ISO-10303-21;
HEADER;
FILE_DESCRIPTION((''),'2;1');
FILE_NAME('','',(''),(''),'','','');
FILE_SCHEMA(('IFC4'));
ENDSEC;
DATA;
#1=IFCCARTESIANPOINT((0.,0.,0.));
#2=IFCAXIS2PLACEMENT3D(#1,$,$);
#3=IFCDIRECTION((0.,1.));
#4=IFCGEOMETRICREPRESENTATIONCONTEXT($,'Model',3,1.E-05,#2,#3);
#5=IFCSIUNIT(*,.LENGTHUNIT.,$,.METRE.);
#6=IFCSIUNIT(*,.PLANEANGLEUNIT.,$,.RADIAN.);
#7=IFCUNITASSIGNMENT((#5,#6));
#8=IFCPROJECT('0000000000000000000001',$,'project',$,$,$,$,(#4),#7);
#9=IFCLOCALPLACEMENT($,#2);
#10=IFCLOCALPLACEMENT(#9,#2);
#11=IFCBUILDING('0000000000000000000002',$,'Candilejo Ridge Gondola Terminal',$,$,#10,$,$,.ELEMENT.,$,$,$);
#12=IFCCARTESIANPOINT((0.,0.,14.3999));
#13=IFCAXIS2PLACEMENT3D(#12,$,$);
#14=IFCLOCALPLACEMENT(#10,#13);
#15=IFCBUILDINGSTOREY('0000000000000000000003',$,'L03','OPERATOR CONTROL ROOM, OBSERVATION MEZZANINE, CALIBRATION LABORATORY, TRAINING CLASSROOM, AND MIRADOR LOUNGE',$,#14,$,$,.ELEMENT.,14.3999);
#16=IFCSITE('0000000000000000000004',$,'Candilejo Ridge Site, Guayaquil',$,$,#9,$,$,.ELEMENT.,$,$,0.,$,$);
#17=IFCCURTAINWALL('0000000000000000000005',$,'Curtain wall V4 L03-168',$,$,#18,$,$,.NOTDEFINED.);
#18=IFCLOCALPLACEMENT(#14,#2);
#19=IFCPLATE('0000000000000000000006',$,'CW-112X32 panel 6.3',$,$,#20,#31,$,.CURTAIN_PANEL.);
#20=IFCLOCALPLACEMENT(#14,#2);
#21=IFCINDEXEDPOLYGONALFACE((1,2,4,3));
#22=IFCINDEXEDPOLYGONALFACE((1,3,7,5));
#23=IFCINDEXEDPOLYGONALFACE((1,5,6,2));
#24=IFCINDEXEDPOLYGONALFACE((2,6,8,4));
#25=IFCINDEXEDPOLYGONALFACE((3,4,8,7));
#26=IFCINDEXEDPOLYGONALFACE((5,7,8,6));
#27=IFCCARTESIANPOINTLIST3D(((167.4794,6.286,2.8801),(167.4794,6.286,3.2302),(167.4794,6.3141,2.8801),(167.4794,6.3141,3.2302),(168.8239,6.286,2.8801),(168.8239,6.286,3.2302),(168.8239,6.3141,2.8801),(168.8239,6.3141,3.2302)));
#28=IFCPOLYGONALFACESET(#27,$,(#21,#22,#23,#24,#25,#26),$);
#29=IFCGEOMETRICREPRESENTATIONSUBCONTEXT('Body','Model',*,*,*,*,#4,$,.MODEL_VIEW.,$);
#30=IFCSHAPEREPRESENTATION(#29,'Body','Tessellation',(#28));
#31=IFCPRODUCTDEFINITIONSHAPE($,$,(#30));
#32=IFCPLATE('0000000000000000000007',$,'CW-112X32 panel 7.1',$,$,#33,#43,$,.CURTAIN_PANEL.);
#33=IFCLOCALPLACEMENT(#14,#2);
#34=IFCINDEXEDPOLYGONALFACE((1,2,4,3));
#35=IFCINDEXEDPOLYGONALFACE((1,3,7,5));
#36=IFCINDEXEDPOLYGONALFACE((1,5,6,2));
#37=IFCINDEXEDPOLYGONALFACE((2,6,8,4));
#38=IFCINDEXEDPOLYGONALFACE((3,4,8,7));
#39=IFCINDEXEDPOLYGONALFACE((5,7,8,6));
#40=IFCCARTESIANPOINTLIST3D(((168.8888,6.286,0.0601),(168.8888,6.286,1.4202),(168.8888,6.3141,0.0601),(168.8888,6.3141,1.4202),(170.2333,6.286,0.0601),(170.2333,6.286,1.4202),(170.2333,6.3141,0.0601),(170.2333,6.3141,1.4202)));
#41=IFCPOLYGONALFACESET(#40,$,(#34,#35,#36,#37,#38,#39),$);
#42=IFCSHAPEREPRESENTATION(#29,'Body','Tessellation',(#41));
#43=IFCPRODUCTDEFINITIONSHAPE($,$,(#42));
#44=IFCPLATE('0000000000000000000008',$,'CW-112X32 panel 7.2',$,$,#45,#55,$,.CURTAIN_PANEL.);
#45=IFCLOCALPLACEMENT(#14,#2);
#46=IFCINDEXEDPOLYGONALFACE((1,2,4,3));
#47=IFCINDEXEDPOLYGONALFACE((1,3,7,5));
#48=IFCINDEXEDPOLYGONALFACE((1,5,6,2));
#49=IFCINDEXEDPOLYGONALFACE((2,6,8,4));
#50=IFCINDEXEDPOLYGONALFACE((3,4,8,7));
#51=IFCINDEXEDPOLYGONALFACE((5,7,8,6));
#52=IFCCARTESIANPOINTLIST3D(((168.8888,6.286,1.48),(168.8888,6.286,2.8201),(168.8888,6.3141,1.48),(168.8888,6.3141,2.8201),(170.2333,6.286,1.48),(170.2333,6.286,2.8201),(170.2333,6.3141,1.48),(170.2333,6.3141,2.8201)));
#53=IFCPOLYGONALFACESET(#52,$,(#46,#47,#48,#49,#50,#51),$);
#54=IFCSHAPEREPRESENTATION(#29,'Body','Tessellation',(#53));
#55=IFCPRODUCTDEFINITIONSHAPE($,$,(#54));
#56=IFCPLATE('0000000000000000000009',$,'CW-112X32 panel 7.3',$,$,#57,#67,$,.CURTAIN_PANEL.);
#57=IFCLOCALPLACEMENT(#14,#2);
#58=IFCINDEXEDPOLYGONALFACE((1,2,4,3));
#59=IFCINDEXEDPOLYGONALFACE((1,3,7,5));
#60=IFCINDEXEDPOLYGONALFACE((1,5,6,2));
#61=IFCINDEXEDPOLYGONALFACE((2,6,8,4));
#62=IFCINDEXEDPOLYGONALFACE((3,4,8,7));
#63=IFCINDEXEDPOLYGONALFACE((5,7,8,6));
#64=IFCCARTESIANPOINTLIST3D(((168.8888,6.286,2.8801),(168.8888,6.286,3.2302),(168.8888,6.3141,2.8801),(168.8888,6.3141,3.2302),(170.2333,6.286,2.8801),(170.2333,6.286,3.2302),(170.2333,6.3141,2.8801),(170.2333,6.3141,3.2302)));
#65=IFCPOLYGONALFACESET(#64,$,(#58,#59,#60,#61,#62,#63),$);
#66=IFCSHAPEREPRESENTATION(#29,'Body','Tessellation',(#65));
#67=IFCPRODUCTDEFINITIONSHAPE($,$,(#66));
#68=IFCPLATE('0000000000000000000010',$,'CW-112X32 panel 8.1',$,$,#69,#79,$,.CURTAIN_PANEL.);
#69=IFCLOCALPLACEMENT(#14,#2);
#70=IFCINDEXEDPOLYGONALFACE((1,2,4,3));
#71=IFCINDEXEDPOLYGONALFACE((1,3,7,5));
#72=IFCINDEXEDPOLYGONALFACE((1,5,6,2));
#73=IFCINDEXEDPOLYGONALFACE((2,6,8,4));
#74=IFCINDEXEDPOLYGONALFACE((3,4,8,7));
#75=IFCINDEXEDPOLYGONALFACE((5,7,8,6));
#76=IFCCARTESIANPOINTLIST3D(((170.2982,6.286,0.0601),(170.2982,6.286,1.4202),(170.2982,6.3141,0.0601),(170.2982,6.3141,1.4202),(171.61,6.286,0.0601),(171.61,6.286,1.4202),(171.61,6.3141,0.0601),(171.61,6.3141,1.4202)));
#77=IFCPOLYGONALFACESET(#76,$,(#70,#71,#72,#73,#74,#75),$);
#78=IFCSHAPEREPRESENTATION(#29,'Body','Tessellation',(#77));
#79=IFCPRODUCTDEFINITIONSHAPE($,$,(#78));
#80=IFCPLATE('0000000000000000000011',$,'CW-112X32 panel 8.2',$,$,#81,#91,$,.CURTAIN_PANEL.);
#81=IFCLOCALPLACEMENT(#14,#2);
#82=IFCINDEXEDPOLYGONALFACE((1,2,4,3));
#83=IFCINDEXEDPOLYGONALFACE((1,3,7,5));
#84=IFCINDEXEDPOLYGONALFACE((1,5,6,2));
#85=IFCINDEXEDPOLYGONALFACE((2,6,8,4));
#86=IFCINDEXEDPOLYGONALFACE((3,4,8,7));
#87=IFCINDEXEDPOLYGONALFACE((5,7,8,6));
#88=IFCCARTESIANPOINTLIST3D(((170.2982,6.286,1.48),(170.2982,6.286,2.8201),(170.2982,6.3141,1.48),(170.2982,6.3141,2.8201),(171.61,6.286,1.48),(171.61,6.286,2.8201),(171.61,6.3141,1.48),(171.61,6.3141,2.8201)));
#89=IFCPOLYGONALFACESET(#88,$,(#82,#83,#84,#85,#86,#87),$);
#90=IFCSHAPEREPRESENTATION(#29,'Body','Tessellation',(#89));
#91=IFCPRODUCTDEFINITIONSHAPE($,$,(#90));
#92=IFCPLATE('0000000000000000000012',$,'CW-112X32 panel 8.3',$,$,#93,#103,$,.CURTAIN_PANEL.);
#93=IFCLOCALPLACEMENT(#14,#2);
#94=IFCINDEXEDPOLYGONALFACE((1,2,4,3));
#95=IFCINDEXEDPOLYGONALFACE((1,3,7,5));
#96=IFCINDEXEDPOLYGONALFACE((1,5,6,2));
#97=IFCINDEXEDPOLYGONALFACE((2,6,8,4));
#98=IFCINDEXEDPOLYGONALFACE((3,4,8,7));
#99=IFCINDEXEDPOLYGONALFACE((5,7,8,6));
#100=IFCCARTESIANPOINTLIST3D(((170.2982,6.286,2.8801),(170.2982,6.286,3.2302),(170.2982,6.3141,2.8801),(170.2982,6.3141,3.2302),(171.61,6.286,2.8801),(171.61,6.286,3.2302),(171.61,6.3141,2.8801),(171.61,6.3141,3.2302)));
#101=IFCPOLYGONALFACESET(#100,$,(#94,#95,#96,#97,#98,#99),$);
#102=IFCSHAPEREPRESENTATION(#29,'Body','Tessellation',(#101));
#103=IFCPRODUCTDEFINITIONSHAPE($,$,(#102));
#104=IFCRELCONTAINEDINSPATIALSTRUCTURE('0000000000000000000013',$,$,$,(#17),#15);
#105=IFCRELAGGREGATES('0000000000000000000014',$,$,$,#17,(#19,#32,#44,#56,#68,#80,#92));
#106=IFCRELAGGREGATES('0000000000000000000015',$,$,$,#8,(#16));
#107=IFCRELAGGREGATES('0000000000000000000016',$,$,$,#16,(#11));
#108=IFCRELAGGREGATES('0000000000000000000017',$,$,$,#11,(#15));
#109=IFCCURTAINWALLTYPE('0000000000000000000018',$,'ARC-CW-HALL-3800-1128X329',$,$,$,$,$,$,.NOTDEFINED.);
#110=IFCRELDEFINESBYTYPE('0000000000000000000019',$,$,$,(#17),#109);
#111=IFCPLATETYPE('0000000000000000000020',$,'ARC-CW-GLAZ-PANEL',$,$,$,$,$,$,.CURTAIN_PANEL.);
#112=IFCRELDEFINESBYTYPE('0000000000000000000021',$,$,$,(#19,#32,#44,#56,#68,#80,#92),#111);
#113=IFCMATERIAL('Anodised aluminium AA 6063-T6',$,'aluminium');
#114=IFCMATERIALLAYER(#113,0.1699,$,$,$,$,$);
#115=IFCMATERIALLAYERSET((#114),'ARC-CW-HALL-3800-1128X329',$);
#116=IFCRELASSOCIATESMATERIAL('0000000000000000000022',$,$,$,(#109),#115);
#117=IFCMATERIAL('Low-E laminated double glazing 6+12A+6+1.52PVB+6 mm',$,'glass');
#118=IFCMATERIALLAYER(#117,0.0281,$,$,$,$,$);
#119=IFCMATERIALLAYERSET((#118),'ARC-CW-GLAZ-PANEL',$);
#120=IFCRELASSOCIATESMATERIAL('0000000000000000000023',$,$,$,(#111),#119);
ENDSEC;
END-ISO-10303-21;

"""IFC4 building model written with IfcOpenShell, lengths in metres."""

from ifc_helpers import new_model, si_unit, direction, frame, origin, origin_2d, place, context, subcontext, project, spatial, rectangle, extrude, material, layer, layer_set, type_object, element, aggregate, save


model = new_model("IFC4")

# Units and contexts
model_context = context("Model", 3, precision=1e-05, world=origin(), true_north=direction((0.0, 1.0)))
body_context = subcontext(model_context, "Body", "Model", "MODEL_VIEW")
ifc_project = project(units=[si_unit("LENGTHUNIT", "METRE"), si_unit("PLANEANGLEUNIT", "RADIAN")], contexts=[model_context])

# Site, building, storey
site_placement = place(None, origin())
site = spatial("IfcSite", under=ifc_project, at=site_placement, Name="Candilejo Ridge Site, Guayaquil", CompositionType="ELEMENT", RefElevation=0.0)
building_placement = place(site_placement, origin())
building = spatial("IfcBuilding", under=site, at=building_placement, Name="Candilejo Ridge Gondola Terminal", CompositionType="ELEMENT")
storey_placement = place(building_placement, frame((0.0, 0.0, 14.3999)))
storey = spatial("IfcBuildingStorey", under=building, at=storey_placement, Name="L03", Description="OPERATOR CONTROL ROOM, OBSERVATION MEZZANINE, CALIBRATION LABORATORY, TRAINING CLASSROOM, AND MIRADOR LOUNGE", CompositionType="ELEMENT", Elevation=14.3999)

# Curtain wall, plates
ifc_material_1 = material(Name="Anodised aluminium AA 6063-T6", Category="aluminium")
ifc_layer_1 = layer(ifc_material_1, 0.1699)
ifc_layer_set_1 = layer_set([ifc_layer_1], Name="ARC-CW-HALL-3800-1128X329")
curtain_wall_type = type_object("IfcCurtainWallType", Name="ARC-CW-HALL-3800-1128X329", PredefinedType="NOTDEFINED", material=ifc_layer_set_1)
curtain_wall_placement = place(storey_placement, origin())
curtain_wall = element("IfcCurtainWall", 1, at=curtain_wall_placement, inside=storey, type_object=curtain_wall_type, Name="Curtain wall V4 L03-168", PredefinedType="NOTDEFINED")
ifc_material_2 = material(Name="Low-E laminated double glazing 6+12A+6+1.52PVB+6 mm", Category="glass")
ifc_layer_2 = layer(ifc_material_2, 0.0281)
ifc_layer_set_2 = layer_set([ifc_layer_2], Name="ARC-CW-GLAZ-PANEL")
plate_type = type_object("IfcPlateType", Name="ARC-CW-GLAZ-PANEL", PredefinedType="CURTAIN_PANEL", material=ifc_layer_set_2)
plate_1_placement = place(storey_placement, frame((168.1516, 6.3, 2.8801), z_axis=(0.0, 0.0, 1.0), x_axis=(1.0, 0.0, 0.0)))
plate_1 = element("IfcPlate", 2, at=plate_1_placement, type_object=plate_type, Name="CW-112X32 panel 6.3", PredefinedType="CURTAIN_PANEL", context=body_context, shape_type="SweptSolid", body=[
    extrude(rectangle(XDim=1.3445, YDim=0.0281, at=origin_2d()), origin(), (0.0, 0.0, 1.0), 0.3501),
])
plate_2_placement = place(storey_placement, frame((169.561, 6.3, 0.0601), z_axis=(0.0, 0.0, 1.0), x_axis=(1.0, 0.0, 0.0)))
plate_2 = element("IfcPlate", 3, at=plate_2_placement, type_object=plate_type, Name="CW-112X32 panel 7.1", PredefinedType="CURTAIN_PANEL", context=body_context, shape_type="SweptSolid", body=[
    extrude(rectangle(XDim=1.3445, YDim=0.0281, at=origin_2d()), origin(), (0.0, 0.0, 1.0), 1.3601),
])
plate_3_placement = place(storey_placement, frame((169.561, 6.3, 1.48), z_axis=(0.0, 0.0, 1.0), x_axis=(1.0, 0.0, 0.0)))
plate_3 = element("IfcPlate", 4, at=plate_3_placement, type_object=plate_type, Name="CW-112X32 panel 7.2", PredefinedType="CURTAIN_PANEL", context=body_context, shape_type="SweptSolid", body=[
    extrude(rectangle(XDim=1.3445, YDim=0.0281, at=origin_2d()), origin(), (0.0, 0.0, 1.0), 1.3401),
])
plate_4_placement = place(storey_placement, frame((169.561, 6.3, 2.8801), z_axis=(0.0, 0.0, 1.0), x_axis=(1.0, 0.0, 0.0)))
plate_4 = element("IfcPlate", 5, at=plate_4_placement, type_object=plate_type, Name="CW-112X32 panel 7.3", PredefinedType="CURTAIN_PANEL", context=body_context, shape_type="SweptSolid", body=[
    extrude(rectangle(XDim=1.3445, YDim=0.0281, at=origin_2d()), origin(), (0.0, 0.0, 1.0), 0.3501),
])
plate_5_placement = place(storey_placement, frame((170.9541, 6.3, 0.0601), z_axis=(0.0, 0.0, 1.0), x_axis=(1.0, 0.0, 0.0)))
plate_5 = element("IfcPlate", 6, at=plate_5_placement, type_object=plate_type, Name="CW-112X32 panel 8.1", PredefinedType="CURTAIN_PANEL", context=body_context, shape_type="SweptSolid", body=[
    extrude(rectangle(XDim=1.3118, YDim=0.0281, at=origin_2d()), origin(), (0.0, 0.0, 1.0), 1.3601),
])
plate_6_placement = place(storey_placement, frame((170.9541, 6.3, 1.48), z_axis=(0.0, 0.0, 1.0), x_axis=(1.0, 0.0, 0.0)))
plate_6 = element("IfcPlate", 7, at=plate_6_placement, type_object=plate_type, Name="CW-112X32 panel 8.2", PredefinedType="CURTAIN_PANEL", context=body_context, shape_type="SweptSolid", body=[
    extrude(rectangle(XDim=1.3118, YDim=0.0281, at=origin_2d()), origin(), (0.0, 0.0, 1.0), 1.3401),
])
plate_7_placement = place(storey_placement, frame((170.9541, 6.3, 2.8801), z_axis=(0.0, 0.0, 1.0), x_axis=(1.0, 0.0, 0.0)))
plate_7 = element("IfcPlate", 8, at=plate_7_placement, type_object=plate_type, Name="CW-112X32 panel 8.3", PredefinedType="CURTAIN_PANEL", context=body_context, shape_type="SweptSolid", body=[
    extrude(rectangle(XDim=1.3118, YDim=0.0281, at=origin_2d()), origin(), (0.0, 0.0, 1.0), 0.3501),
])
aggregate(curtain_wall, [plate_1, plate_2, plate_3, plate_4, plate_5, plate_6, plate_7])

save(model, "model.ifc")
